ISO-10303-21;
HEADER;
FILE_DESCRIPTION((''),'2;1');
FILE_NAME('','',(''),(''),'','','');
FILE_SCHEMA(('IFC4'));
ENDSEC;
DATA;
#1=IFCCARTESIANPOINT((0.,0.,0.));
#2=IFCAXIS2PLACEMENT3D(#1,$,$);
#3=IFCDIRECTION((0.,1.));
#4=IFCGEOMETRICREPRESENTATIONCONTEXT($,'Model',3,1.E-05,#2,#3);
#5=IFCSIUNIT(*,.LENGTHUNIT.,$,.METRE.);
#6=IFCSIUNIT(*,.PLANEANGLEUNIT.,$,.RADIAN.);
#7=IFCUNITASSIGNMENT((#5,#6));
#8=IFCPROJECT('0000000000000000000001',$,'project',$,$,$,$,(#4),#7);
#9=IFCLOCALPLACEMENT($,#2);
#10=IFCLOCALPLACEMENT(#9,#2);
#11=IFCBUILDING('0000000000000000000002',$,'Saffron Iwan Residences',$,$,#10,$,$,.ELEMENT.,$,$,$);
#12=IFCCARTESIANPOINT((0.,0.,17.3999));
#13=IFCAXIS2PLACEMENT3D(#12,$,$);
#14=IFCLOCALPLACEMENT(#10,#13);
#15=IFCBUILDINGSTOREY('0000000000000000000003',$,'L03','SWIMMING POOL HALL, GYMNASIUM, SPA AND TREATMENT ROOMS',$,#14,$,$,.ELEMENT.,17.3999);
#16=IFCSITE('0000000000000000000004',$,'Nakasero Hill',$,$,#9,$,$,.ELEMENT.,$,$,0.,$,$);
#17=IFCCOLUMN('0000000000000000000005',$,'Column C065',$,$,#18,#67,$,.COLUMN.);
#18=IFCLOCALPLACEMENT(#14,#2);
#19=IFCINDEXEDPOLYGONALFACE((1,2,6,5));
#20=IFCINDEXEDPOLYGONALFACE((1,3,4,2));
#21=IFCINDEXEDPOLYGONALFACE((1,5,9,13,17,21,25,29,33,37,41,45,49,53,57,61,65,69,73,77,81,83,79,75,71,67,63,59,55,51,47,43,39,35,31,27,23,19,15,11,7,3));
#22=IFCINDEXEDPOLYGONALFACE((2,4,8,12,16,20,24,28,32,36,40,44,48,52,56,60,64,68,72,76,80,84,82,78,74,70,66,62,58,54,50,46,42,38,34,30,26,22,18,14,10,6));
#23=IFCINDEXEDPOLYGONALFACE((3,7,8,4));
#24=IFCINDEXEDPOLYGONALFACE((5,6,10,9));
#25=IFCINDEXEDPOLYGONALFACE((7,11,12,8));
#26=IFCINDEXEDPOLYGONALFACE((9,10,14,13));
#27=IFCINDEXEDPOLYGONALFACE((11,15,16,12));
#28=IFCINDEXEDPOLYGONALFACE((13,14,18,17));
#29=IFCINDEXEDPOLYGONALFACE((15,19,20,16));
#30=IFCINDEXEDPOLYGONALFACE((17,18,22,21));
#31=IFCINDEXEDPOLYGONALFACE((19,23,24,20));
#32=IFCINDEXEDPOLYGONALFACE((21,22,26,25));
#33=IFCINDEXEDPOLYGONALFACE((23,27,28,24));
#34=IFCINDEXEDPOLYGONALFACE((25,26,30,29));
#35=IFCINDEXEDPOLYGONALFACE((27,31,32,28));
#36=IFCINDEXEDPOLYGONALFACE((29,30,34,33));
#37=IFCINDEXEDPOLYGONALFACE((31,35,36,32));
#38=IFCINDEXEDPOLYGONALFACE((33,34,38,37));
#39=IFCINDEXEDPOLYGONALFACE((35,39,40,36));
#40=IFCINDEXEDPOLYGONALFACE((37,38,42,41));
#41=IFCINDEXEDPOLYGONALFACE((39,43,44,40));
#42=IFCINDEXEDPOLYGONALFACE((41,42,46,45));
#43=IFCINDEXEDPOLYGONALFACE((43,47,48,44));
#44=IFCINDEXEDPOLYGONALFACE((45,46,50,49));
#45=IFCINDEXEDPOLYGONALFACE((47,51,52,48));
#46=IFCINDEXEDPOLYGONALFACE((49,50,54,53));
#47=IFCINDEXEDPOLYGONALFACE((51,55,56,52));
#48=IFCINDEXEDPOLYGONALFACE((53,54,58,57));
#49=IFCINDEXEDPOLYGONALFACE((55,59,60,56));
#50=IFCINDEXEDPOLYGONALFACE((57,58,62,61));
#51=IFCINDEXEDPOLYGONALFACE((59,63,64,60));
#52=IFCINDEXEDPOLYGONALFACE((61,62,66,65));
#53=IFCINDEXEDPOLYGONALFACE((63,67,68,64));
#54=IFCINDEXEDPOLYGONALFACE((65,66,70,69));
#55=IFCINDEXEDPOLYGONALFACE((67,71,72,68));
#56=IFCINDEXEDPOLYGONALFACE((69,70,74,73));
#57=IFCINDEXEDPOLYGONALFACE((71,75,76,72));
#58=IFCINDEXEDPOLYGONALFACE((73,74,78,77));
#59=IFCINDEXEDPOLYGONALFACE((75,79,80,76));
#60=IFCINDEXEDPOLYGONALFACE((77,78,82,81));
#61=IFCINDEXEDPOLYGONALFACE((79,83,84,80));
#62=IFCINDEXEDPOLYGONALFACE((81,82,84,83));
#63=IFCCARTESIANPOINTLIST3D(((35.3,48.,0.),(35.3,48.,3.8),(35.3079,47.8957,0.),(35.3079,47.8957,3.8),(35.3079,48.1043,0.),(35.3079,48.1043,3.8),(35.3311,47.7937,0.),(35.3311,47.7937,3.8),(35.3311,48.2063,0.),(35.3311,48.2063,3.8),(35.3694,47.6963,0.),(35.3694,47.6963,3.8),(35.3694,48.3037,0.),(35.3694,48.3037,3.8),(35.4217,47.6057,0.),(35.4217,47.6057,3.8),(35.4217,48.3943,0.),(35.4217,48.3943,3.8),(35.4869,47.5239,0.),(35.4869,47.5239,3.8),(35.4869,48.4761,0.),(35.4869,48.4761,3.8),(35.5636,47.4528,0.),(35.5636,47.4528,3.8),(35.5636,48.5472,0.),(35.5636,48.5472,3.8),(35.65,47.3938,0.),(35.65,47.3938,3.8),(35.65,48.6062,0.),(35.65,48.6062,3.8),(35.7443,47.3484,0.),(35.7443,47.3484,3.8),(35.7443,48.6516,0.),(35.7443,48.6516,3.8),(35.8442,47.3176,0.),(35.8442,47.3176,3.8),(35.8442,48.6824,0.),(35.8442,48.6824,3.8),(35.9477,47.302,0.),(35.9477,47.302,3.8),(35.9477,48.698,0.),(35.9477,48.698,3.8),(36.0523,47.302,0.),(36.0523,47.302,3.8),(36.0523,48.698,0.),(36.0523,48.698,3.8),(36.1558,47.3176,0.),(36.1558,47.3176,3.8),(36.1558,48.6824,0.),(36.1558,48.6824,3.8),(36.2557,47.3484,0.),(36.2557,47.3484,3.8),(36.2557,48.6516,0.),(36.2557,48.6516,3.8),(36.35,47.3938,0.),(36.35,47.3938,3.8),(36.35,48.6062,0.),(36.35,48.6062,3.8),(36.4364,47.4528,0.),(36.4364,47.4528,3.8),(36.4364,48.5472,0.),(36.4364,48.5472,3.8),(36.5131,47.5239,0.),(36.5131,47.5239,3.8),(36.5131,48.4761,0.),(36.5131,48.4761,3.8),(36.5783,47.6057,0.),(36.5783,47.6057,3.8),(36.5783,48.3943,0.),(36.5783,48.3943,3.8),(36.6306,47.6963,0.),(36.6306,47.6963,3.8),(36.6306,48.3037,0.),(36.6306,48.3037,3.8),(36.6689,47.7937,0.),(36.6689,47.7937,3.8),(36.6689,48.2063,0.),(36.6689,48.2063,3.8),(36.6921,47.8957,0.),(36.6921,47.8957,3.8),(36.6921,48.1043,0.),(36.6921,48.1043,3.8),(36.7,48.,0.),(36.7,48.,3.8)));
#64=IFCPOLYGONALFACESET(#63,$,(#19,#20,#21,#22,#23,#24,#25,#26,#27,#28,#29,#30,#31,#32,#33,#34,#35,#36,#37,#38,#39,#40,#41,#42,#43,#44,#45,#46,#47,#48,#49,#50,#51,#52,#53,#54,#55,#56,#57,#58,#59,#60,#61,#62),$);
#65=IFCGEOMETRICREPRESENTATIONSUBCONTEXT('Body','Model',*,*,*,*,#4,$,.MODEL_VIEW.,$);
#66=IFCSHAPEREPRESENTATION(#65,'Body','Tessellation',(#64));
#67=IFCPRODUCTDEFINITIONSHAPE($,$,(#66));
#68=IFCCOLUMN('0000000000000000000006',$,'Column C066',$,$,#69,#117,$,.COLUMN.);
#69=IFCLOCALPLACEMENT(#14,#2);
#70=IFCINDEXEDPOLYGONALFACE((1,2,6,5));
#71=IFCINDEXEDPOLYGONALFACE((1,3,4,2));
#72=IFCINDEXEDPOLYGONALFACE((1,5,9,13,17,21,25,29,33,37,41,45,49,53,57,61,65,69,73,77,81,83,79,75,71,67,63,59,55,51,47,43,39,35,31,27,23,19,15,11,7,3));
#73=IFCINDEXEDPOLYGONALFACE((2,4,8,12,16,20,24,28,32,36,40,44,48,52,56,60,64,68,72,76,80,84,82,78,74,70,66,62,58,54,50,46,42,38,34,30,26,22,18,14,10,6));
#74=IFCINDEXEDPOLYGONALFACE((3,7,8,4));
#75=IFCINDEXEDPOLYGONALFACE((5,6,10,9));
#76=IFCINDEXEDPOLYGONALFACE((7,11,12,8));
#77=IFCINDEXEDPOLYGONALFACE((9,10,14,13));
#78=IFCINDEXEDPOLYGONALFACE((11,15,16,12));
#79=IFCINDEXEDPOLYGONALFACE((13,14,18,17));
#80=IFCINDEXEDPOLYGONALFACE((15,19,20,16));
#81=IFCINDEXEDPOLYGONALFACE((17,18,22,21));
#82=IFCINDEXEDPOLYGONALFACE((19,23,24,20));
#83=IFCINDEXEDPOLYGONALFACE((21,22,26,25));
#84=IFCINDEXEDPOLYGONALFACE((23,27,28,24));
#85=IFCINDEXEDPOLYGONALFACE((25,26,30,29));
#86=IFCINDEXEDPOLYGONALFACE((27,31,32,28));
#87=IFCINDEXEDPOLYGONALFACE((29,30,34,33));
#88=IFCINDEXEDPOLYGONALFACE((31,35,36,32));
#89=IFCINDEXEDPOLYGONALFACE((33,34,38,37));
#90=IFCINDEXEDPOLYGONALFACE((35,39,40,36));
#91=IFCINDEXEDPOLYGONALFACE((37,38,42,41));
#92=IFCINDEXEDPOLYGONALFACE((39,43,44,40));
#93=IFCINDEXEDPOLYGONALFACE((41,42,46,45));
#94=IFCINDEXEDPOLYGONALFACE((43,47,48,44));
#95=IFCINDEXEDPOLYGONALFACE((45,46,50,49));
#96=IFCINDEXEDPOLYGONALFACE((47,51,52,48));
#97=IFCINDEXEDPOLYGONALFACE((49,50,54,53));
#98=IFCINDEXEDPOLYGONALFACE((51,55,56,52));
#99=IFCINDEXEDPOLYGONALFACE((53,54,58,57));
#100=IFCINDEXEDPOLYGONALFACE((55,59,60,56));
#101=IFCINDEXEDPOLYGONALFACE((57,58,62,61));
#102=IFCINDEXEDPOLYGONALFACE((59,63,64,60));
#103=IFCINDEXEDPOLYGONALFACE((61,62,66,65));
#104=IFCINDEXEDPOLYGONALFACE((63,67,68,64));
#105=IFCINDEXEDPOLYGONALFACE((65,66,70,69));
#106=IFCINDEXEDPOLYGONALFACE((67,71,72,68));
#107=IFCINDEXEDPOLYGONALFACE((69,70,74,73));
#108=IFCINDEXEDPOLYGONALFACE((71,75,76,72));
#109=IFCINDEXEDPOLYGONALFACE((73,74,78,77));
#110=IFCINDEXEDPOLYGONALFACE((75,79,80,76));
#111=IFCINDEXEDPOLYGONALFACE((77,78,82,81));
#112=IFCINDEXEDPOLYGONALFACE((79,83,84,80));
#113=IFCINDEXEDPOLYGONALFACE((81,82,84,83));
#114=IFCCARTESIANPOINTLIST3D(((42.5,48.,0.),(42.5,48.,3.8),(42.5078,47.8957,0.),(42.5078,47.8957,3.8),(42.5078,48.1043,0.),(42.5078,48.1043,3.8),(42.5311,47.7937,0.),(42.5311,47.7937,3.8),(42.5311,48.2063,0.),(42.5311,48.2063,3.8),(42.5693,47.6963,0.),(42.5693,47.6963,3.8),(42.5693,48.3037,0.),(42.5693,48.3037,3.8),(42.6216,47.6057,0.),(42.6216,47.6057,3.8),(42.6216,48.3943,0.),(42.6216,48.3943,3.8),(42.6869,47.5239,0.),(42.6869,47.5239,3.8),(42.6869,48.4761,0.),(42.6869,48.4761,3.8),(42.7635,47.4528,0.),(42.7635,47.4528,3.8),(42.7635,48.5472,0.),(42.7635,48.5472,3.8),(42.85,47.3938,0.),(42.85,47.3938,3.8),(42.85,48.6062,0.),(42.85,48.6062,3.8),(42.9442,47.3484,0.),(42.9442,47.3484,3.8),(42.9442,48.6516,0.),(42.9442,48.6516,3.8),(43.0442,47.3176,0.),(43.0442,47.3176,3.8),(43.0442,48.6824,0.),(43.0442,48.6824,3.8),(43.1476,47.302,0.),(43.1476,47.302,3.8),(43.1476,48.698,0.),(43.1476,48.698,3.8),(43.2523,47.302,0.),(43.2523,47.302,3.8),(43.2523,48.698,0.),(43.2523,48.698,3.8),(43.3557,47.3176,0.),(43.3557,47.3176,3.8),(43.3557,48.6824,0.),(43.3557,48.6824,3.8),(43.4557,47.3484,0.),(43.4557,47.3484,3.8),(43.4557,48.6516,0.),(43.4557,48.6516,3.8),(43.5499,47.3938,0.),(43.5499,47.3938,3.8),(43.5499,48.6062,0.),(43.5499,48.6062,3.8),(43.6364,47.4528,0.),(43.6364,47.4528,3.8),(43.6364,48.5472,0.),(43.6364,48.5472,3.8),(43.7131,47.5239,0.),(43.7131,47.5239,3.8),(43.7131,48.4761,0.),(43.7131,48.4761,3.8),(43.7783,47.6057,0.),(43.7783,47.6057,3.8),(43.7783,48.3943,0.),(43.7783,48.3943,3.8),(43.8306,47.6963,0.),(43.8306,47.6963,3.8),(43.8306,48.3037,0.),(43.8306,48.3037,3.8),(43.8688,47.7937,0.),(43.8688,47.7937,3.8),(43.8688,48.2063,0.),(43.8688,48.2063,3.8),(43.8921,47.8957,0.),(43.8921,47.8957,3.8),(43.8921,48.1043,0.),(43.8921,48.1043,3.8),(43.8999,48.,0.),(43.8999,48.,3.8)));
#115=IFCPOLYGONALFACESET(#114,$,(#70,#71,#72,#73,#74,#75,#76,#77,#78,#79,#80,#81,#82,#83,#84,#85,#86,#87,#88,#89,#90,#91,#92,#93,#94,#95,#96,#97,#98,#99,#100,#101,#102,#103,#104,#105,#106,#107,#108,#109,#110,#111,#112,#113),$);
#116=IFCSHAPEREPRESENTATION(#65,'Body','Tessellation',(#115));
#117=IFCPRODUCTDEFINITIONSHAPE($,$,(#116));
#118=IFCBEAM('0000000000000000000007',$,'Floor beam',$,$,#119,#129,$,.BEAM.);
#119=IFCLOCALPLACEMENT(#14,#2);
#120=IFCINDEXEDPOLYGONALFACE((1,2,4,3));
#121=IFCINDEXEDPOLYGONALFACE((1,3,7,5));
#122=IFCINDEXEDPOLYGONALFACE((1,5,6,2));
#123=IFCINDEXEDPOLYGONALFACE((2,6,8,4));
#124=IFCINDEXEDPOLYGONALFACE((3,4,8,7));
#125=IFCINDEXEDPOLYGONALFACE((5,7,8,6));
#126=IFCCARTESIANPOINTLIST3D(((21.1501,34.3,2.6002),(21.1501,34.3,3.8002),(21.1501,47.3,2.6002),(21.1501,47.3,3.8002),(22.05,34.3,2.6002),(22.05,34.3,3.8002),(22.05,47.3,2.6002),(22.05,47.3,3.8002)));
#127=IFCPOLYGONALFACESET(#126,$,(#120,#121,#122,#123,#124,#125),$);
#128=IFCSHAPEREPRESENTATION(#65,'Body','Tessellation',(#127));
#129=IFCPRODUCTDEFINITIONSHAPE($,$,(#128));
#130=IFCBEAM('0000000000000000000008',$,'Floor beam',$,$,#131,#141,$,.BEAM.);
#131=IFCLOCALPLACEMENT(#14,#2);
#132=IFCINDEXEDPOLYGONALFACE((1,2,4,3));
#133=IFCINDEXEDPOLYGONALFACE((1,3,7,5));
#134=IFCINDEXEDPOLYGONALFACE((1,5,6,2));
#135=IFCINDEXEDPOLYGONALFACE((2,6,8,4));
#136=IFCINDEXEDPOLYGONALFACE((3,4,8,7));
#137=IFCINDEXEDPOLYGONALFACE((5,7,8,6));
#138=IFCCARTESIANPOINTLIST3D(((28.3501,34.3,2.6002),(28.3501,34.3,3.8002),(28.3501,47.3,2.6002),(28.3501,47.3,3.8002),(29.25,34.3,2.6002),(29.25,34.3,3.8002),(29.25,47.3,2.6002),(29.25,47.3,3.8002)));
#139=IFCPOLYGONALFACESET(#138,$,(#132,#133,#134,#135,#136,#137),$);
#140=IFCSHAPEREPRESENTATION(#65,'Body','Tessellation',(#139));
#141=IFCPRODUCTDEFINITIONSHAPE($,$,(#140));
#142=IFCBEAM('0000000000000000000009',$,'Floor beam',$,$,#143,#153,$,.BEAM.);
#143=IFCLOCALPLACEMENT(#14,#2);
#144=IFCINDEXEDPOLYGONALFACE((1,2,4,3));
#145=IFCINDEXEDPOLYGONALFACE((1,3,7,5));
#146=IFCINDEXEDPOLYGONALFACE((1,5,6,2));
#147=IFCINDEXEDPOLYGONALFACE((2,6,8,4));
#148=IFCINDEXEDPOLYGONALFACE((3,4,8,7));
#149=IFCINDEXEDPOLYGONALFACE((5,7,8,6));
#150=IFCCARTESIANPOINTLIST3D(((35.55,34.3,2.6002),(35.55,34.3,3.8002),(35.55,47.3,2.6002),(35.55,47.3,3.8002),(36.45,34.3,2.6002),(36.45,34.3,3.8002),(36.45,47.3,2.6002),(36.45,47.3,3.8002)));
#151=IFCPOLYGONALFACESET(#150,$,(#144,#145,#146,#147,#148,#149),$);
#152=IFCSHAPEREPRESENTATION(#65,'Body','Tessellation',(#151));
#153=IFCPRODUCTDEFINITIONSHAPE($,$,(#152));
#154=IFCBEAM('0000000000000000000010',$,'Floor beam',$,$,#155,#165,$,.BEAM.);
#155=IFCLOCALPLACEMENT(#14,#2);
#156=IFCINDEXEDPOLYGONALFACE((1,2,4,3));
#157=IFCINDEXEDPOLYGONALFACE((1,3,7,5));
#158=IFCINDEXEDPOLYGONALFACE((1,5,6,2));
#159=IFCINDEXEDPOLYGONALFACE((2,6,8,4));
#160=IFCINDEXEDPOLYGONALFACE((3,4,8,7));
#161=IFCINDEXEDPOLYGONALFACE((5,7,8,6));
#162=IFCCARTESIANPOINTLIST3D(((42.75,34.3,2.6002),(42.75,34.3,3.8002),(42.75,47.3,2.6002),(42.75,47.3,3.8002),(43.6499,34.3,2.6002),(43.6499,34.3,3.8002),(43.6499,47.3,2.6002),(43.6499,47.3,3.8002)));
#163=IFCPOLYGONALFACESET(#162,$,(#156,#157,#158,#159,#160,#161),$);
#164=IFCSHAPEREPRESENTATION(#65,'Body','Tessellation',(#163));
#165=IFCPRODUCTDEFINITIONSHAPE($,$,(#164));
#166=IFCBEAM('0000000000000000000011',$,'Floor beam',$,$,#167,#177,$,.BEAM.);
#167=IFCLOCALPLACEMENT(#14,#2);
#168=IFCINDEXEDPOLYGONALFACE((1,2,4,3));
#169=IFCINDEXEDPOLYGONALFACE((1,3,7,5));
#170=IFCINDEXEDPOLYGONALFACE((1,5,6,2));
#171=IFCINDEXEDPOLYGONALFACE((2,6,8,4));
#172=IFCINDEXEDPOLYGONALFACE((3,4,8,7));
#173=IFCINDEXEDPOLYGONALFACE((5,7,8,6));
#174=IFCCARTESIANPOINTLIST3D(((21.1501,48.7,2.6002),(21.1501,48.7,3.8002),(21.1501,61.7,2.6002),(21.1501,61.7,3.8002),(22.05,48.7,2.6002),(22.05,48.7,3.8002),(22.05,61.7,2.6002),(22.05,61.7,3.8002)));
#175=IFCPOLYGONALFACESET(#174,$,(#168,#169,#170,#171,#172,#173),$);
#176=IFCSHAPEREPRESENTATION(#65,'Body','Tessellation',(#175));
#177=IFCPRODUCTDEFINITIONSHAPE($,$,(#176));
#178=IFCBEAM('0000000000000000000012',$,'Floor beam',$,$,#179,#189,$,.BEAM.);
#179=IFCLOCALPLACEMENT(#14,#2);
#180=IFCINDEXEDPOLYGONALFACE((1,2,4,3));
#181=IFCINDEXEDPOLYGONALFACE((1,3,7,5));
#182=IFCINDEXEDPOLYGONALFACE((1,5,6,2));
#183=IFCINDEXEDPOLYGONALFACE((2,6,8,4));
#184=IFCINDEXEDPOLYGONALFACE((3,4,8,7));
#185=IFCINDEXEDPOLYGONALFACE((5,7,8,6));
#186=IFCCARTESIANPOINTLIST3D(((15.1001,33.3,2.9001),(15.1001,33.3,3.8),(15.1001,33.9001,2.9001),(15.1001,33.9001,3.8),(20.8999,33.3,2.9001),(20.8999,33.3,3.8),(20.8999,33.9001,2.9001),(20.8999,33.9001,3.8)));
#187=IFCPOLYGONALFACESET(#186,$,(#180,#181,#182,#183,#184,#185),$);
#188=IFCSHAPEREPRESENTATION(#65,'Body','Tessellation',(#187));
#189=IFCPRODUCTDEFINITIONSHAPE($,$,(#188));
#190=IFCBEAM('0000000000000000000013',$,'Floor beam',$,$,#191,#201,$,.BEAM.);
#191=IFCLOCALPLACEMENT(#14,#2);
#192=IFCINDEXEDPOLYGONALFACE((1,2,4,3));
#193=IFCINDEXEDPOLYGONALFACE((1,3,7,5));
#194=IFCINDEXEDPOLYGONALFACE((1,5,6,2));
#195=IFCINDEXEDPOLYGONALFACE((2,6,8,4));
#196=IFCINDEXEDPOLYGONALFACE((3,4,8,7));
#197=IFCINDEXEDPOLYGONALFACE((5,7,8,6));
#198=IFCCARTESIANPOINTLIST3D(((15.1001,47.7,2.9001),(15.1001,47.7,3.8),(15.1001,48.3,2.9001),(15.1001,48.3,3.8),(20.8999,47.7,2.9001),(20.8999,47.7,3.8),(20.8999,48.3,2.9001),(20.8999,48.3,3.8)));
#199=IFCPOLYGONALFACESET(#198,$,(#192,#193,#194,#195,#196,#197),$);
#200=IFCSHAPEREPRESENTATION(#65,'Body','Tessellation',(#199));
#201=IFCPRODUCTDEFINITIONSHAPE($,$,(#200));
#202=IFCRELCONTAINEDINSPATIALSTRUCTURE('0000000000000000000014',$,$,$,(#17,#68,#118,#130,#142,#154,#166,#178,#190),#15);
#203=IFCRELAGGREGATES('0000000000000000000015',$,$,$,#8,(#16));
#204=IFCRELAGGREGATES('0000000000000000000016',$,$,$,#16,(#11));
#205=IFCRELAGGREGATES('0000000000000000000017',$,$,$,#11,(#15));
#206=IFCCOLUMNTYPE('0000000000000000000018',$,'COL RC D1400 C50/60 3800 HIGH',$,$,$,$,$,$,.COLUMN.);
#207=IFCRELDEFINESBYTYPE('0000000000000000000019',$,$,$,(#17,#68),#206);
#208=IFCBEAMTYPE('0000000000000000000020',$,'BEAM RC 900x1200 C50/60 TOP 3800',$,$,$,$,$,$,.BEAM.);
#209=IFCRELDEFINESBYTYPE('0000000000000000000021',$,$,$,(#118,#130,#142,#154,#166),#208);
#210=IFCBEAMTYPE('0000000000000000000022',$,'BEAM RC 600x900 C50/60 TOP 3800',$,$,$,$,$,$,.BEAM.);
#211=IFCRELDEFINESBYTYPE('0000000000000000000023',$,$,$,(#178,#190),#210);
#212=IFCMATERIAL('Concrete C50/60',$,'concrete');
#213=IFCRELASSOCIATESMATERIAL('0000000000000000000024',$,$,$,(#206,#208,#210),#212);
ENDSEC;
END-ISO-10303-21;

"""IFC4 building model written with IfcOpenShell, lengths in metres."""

from ifc_helpers import new_model, si_unit, direction, frame, origin, origin_2d, place, context, subcontext, project, spatial, rectangle, circle, extrude, source, transform, mapped, material, material_profile, profile_set, type_object, element, save


model = new_model("IFC4")

# Units and contexts
model_context = context("Model", 3, precision=1e-05, world=origin(), true_north=direction((0.0, 1.0)))
body_context = subcontext(model_context, "Body", "Model", "MODEL_VIEW")
ifc_project = project(units=[si_unit("LENGTHUNIT", "METRE"), si_unit("PLANEANGLEUNIT", "RADIAN")], contexts=[model_context])

# Site, building, storey
site_placement = place(None, origin())
site = spatial("IfcSite", under=ifc_project, at=site_placement, Name="Nakasero Hill", CompositionType="ELEMENT", RefElevation=0.0)
building_placement = place(site_placement, origin())
building = spatial("IfcBuilding", under=site, at=building_placement, Name="Saffron Iwan Residences", CompositionType="ELEMENT")
storey_placement = place(building_placement, frame((0.0, 0.0, 17.3999)))
storey = spatial("IfcBuildingStorey", under=building, at=storey_placement, Name="L03", Description="SWIMMING POOL HALL, GYMNASIUM, SPA AND TREATMENT ROOMS", CompositionType="ELEMENT", Elevation=17.3999)

# Columns
ifc_material_1 = material(Name="Concrete C50/60", Category="concrete")
ifc_material_profile_1 = material_profile(ifc_material_1, circle(Radius=0.7, at=origin_2d()), Name="RC D1400")
ifc_profile_set_1 = profile_set([ifc_material_profile_1], Name="Concrete C50/60")
column_type = type_object("IfcColumnType", Name="COL RC D1400 C50/60 3800 HIGH", PredefinedType="COLUMN", material=ifc_profile_set_1)
shared_shape_1 = source(origin(), body_context, "Body", "SweptSolid", [
    extrude(circle(Radius=0.7, at=origin_2d()), origin(), (0.0, 0.0, 1.0), 3.8),
])
for number, where, z_axis, x_axis, name in (
    (1, (36.0, 48.0, 0.0), (0.0, 0.0, 1.0), (1.0, 0.0, 0.0), "Column C065"),
    (2, (43.2, 48.0, 0.0), (0.0, 0.0, 1.0), (1.0, 0.0, 0.0), "Column C066"),
):
    element("IfcColumn", number, at=place(storey_placement, frame(where, z_axis=z_axis, x_axis=x_axis)), inside=storey, type_object=column_type, Name=name, PredefinedType="COLUMN", context=body_context, shape_type="MappedRepresentation", body=[
        mapped(shared_shape_1, transform((0.0, 0.0, 0.0))),
    ])

# Beams
ifc_material_profile_2 = material_profile(ifc_material_1, rectangle(XDim=0.8999, YDim=1.2, at=origin_2d()), Name="RC 900x1200")
ifc_profile_set_2 = profile_set([ifc_material_profile_2], Name="Concrete C50/60")
beam_type_1 = type_object("IfcBeamType", Name="BEAM RC 900x1200 C50/60 TOP 3800", PredefinedType="BEAM", material=ifc_profile_set_2)
shared_shape_2 = source(origin(), body_context, "Body", "SweptSolid", [
    extrude(rectangle(XDim=0.8999, YDim=1.2, at=origin_2d()), origin(), (0.0, 0.0, 1.0), 13.0),
])
for number, where, z_axis, x_axis, name in (
    (3, (21.6001, 34.3, 3.2002), (0.0, 1.0, 0.0), (-1.0, 0.0, 0.0), "Floor beam"),
    (4, (28.8, 34.3, 3.2002), (0.0, 1.0, 0.0), (-1.0, 0.0, 0.0), "Floor beam"),
    (5, (36.0, 34.3, 3.2002), (0.0, 1.0, 0.0), (-1.0, 0.0, 0.0), "Floor beam"),
    (6, (43.2, 34.3, 3.2002), (0.0, 1.0, 0.0), (-1.0, 0.0, 0.0), "Floor beam"),
    (7, (21.6001, 48.7, 3.2002), (0.0, 1.0, 0.0), (-1.0, 0.0, 0.0), "Floor beam"),
):
    element("IfcBeam", number, at=place(storey_placement, frame(where, z_axis=z_axis, x_axis=x_axis)), inside=storey, type_object=beam_type_1, Name=name, PredefinedType="BEAM", context=body_context, shape_type="MappedRepresentation", body=[
        mapped(shared_shape_2, transform((0.0, 0.0, 0.0))),
    ])
ifc_material_profile_3 = material_profile(ifc_material_1, rectangle(XDim=0.6001, YDim=0.8999, at=origin_2d()), Name="RC 600x900")
ifc_profile_set_3 = profile_set([ifc_material_profile_3], Name="Concrete C50/60")
beam_type_2 = type_object("IfcBeamType", Name="BEAM RC 600x900 C50/60 TOP 3800", PredefinedType="BEAM", material=ifc_profile_set_3)
shared_shape_3 = source(origin(), body_context, "Body", "SweptSolid", [
    extrude(rectangle(XDim=0.6001, YDim=0.8999, at=origin_2d()), origin(), (0.0, 0.0, 1.0), 5.7998),
])
for number, where, z_axis, x_axis, name in (
    (8, (15.1001, 33.6001, 3.3501), (1.0, 0.0, 0.0), (0.0, 1.0, 0.0), "Floor beam"),
    (9, (15.1001, 48.0, 3.3501), (1.0, 0.0, 0.0), (0.0, 1.0, 0.0), "Floor beam"),
):
    element("IfcBeam", number, at=place(storey_placement, frame(where, z_axis=z_axis, x_axis=x_axis)), inside=storey, type_object=beam_type_2, Name=name, PredefinedType="BEAM", context=body_context, shape_type="MappedRepresentation", body=[
        mapped(shared_shape_3, transform((0.0, 0.0, 0.0))),
    ])

save(model, "model.ifc")
